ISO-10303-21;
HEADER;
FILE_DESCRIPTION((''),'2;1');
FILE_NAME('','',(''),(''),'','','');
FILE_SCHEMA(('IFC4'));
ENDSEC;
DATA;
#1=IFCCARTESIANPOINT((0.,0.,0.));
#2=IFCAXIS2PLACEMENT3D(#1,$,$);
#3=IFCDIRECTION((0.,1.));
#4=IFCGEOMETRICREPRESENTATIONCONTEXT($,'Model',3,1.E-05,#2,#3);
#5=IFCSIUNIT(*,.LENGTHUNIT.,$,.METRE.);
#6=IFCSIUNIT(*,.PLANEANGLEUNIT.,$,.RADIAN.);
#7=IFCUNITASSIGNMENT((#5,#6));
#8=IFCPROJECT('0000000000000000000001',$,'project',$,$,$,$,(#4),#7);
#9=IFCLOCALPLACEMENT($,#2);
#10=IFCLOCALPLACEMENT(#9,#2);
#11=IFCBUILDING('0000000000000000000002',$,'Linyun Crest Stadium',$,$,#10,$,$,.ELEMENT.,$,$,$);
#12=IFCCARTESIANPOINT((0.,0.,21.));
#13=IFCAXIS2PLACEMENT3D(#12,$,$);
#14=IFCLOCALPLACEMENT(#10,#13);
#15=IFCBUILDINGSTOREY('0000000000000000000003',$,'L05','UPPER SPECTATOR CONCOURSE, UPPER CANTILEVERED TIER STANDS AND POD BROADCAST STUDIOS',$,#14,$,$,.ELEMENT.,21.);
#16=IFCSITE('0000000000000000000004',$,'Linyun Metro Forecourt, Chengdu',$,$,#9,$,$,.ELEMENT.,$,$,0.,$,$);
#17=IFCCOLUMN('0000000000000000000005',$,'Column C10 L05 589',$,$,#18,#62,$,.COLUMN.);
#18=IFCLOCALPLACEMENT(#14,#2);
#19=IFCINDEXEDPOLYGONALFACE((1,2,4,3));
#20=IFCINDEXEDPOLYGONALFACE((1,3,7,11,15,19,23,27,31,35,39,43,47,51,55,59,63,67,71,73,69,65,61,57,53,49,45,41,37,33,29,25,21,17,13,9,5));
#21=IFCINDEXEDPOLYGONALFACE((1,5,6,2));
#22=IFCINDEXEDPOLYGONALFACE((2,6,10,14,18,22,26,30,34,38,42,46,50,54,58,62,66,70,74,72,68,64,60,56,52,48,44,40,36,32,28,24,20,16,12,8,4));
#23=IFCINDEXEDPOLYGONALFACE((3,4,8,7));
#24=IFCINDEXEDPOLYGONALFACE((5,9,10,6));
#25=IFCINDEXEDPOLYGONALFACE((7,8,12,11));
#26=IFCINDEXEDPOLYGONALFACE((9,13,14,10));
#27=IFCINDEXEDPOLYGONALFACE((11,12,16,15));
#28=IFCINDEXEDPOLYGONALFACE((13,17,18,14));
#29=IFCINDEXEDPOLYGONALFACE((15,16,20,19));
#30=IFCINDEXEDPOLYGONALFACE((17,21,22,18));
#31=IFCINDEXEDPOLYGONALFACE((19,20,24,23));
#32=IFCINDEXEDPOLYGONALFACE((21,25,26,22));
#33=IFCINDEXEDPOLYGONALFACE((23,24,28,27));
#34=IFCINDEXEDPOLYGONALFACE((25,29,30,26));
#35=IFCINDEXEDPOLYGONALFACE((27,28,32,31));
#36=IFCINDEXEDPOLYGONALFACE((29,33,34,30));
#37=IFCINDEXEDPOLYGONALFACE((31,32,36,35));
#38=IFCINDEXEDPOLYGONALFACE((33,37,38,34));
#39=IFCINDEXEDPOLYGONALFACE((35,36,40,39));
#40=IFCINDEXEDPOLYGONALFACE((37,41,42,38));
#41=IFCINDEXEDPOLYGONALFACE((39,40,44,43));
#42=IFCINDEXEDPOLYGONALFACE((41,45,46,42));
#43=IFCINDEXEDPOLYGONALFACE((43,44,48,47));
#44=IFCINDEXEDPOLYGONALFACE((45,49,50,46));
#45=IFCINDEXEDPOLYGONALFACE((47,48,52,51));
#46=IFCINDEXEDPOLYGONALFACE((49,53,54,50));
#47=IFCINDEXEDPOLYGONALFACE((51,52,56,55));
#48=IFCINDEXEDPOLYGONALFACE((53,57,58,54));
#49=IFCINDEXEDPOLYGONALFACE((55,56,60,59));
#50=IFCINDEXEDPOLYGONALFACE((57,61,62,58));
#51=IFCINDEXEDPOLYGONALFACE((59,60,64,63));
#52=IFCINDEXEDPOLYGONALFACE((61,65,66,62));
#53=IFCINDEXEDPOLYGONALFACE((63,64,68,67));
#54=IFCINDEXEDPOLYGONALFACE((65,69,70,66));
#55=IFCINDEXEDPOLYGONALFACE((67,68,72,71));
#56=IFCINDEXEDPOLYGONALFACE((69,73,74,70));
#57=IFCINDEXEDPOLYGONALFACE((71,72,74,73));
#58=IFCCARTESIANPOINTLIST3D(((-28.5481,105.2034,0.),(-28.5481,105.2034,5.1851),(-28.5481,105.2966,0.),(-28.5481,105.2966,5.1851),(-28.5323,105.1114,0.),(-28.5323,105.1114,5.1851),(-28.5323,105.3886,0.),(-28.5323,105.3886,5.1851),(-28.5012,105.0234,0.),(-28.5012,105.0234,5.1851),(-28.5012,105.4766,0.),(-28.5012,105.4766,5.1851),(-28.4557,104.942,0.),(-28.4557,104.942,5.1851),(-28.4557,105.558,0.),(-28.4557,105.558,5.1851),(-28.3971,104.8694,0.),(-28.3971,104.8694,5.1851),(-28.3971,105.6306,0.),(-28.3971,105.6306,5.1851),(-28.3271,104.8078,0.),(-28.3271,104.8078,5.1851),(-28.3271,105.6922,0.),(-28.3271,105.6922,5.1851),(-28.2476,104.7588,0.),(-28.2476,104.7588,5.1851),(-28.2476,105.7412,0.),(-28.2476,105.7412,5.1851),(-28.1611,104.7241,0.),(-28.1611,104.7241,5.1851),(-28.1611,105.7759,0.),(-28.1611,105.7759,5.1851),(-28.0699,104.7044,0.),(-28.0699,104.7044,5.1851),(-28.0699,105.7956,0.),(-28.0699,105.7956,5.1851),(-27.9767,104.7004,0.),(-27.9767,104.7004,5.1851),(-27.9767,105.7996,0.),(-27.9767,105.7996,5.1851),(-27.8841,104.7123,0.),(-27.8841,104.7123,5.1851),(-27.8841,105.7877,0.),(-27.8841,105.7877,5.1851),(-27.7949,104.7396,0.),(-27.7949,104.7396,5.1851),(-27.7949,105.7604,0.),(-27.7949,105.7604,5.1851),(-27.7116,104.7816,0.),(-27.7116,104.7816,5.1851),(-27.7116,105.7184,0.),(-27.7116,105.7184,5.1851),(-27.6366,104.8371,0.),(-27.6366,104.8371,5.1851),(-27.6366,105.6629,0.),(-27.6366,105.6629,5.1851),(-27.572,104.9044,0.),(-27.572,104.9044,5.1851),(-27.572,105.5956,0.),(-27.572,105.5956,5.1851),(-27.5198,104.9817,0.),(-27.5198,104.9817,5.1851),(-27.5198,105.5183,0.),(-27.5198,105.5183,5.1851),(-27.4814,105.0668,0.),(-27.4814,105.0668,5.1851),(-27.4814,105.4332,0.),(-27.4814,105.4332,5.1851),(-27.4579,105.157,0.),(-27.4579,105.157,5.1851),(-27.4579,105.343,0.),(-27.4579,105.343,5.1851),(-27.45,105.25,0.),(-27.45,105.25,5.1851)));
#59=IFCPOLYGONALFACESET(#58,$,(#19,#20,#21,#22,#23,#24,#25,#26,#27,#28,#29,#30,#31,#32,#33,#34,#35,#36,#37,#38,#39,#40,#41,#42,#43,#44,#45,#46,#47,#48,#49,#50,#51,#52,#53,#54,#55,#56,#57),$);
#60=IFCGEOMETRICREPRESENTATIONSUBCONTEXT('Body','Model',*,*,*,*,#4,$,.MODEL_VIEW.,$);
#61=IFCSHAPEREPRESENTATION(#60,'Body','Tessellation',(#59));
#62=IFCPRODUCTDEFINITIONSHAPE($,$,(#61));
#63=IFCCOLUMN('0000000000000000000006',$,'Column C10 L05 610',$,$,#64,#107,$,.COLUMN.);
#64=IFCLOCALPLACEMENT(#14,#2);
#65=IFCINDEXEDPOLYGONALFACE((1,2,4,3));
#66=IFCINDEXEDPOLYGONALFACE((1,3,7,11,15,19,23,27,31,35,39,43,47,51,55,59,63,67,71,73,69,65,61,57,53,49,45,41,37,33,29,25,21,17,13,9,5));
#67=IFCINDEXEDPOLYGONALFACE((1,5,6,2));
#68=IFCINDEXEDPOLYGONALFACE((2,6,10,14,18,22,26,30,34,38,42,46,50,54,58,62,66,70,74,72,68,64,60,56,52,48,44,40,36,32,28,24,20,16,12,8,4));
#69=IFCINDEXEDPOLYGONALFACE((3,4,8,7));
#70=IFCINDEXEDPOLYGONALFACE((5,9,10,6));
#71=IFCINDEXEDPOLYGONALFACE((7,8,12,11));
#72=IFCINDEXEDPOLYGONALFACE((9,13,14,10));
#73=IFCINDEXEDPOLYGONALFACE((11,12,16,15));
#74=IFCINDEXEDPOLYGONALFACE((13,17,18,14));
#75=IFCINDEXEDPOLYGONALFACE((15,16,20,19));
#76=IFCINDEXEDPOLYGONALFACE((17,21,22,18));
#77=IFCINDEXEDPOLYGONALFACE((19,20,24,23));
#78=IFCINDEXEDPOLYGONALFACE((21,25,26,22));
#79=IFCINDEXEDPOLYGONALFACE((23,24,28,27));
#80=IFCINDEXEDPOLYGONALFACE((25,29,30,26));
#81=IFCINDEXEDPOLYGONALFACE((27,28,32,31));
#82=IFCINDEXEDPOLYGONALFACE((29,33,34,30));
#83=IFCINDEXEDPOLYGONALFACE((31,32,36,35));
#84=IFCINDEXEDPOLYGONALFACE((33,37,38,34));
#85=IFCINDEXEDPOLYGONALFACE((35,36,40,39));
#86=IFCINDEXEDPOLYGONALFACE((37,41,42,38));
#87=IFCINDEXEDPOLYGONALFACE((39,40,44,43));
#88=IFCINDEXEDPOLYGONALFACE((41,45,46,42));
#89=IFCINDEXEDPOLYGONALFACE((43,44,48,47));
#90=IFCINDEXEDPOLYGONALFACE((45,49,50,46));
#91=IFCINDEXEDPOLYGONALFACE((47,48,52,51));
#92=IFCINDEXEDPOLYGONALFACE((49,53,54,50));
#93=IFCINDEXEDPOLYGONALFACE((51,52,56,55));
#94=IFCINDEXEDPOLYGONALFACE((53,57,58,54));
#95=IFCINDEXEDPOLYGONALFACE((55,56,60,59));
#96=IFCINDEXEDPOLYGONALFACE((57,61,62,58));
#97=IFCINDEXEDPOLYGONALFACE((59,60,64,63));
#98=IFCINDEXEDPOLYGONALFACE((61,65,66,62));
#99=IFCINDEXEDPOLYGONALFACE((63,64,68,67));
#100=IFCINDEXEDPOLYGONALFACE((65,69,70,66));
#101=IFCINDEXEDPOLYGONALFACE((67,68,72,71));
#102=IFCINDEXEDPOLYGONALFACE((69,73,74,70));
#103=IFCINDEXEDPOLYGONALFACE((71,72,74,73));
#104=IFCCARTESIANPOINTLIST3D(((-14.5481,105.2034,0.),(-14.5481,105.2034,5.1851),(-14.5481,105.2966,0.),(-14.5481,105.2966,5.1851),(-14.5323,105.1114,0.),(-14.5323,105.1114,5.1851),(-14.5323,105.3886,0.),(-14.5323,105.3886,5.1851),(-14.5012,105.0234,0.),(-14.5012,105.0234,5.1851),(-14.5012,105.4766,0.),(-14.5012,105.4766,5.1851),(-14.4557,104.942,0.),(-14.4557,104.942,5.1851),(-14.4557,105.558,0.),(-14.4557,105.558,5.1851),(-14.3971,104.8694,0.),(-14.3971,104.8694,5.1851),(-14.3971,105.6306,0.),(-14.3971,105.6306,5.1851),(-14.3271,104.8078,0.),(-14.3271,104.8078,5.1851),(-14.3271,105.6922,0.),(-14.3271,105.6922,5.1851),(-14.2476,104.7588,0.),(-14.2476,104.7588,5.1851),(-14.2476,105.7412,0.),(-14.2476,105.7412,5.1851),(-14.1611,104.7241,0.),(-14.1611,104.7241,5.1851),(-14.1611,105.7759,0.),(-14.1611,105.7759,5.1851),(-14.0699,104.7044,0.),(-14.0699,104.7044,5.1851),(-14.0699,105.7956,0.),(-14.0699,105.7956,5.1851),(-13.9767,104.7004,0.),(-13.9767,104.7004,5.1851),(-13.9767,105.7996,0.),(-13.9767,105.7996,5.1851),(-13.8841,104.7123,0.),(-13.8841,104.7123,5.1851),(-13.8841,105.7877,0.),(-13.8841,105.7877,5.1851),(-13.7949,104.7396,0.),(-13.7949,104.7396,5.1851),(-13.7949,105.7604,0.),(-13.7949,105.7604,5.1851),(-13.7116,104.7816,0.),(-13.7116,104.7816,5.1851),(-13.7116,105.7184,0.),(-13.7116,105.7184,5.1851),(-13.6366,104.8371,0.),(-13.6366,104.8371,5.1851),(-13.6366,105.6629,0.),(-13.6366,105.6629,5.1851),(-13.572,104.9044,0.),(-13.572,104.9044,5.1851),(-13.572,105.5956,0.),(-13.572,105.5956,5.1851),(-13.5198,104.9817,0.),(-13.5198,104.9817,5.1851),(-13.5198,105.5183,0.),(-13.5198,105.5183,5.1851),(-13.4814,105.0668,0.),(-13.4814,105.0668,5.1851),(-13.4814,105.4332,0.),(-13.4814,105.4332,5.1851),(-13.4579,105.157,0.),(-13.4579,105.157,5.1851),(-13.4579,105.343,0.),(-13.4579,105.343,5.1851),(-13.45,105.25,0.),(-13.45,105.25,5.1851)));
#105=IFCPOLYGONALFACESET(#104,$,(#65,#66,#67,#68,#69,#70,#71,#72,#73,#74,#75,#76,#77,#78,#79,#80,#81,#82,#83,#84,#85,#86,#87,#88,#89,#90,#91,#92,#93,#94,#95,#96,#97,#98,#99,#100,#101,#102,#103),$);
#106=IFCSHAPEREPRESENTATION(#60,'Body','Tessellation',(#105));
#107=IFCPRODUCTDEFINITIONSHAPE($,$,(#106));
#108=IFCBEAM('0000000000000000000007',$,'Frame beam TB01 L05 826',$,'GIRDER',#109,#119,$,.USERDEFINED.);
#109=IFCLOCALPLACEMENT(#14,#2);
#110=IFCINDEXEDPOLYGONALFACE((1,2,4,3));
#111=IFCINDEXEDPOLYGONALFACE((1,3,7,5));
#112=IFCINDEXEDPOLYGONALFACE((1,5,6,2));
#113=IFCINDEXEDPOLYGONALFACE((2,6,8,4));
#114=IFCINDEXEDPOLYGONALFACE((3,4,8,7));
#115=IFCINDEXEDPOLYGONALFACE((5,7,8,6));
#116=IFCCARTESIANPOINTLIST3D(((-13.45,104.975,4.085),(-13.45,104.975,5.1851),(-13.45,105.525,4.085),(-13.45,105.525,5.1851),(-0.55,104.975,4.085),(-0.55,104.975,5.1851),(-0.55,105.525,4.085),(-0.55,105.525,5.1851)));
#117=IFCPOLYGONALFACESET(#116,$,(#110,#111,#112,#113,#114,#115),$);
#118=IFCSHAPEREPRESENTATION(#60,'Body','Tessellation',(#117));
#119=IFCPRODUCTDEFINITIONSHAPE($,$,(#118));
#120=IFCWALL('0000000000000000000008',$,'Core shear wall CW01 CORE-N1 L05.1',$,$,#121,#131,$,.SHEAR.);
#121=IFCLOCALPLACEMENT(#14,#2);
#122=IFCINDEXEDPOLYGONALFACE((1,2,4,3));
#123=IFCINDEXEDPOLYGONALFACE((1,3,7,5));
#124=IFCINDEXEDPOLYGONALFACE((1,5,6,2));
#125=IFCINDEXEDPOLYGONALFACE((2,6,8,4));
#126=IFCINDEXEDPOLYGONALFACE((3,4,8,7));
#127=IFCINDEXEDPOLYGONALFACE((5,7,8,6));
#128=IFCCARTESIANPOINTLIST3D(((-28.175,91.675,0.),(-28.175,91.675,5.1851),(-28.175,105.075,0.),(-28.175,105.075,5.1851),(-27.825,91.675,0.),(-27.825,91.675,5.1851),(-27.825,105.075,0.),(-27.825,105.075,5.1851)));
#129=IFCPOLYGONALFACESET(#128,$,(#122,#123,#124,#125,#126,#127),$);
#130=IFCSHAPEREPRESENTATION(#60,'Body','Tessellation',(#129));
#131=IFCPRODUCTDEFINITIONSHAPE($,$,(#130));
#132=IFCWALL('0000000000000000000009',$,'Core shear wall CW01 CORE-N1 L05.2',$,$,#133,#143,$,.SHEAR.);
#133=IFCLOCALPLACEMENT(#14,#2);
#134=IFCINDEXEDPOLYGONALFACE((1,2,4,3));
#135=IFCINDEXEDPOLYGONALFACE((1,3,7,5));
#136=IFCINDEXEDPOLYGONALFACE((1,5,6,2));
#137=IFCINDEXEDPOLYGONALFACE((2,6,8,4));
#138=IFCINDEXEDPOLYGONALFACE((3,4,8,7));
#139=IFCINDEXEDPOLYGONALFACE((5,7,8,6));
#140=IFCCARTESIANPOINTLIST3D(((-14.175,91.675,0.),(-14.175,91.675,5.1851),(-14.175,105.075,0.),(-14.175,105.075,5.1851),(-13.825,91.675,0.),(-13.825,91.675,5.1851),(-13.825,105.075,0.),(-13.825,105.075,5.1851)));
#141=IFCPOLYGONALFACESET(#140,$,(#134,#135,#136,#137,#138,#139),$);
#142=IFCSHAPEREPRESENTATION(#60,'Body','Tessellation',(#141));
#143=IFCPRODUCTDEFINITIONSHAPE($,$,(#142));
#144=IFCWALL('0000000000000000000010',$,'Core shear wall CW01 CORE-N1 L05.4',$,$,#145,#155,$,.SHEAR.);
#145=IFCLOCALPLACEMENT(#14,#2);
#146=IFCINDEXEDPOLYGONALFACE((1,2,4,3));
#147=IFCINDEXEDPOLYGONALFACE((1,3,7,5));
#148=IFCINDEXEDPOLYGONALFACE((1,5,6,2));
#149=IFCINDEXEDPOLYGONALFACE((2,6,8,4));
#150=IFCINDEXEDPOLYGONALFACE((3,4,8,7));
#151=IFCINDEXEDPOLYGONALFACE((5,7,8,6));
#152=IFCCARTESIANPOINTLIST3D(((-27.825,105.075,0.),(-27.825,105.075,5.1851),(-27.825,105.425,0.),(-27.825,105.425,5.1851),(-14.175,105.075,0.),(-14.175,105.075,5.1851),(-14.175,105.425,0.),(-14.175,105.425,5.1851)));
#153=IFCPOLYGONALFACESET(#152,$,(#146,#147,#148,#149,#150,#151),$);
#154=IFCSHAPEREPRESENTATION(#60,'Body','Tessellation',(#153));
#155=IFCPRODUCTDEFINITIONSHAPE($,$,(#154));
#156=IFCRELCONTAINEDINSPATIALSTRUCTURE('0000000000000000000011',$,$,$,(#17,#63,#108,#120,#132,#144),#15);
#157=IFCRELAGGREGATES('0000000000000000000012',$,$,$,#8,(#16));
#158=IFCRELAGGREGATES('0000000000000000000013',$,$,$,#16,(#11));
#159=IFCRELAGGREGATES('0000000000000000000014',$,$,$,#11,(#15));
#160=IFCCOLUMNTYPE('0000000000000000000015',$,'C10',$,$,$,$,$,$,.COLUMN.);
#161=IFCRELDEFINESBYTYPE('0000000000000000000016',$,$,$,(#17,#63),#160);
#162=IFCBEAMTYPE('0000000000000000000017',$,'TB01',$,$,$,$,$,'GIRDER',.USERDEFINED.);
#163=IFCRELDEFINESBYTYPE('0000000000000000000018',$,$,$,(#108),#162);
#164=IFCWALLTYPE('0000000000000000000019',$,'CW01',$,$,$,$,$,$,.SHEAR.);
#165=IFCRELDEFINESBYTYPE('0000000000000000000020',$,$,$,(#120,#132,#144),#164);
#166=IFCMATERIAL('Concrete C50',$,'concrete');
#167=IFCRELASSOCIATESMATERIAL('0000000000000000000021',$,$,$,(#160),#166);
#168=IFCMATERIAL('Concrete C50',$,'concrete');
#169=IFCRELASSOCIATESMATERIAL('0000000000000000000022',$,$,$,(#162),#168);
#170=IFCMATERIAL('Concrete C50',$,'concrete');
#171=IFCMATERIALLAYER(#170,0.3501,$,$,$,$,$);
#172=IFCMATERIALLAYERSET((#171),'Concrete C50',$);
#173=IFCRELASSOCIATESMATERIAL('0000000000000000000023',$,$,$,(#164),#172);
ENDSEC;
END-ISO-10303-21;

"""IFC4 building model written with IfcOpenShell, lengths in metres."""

from ifc_helpers import new_model, si_unit, direction, frame, frame_2d, origin, origin_2d, place, context, subcontext, project, spatial, rectangle, circle, extrude, material, layer, layer_set, material_profile, profile_set, type_object, element, save


model = new_model("IFC4")

# Units and contexts
model_context = context("Model", 3, precision=1e-05, world=origin(), true_north=direction((0.0, 1.0)))
body_context = subcontext(model_context, "Body", "Model", "MODEL_VIEW")
ifc_project = project(units=[si_unit("LENGTHUNIT", "METRE"), si_unit("PLANEANGLEUNIT", "RADIAN")], contexts=[model_context])

# Site, building, storey
site_placement = place(None, origin())
site = spatial("IfcSite", under=ifc_project, at=site_placement, Name="Linyun Metro Forecourt, Chengdu", CompositionType="ELEMENT", RefElevation=0.0)
building_placement = place(site_placement, origin())
building = spatial("IfcBuilding", under=site, at=building_placement, Name="Linyun Crest Stadium", CompositionType="ELEMENT")
storey_placement = place(building_placement, frame((0.0, 0.0, 21.0)))
storey = spatial("IfcBuildingStorey", under=building, at=storey_placement, Name="L05", Description="UPPER SPECTATOR CONCOURSE, UPPER CANTILEVERED TIER STANDS AND POD BROADCAST STUDIOS", CompositionType="ELEMENT", Elevation=21.0)

# Columns
ifc_material_1 = material(Name="Concrete C50", Category="concrete")
ifc_material_profile_1 = material_profile(ifc_material_1, circle(Radius=0.55, at=origin_2d()), Name="RC D1100")
ifc_profile_set_1 = profile_set([ifc_material_profile_1], Name="Concrete C50")
column_type = type_object("IfcColumnType", Name="C10", PredefinedType="COLUMN", material=ifc_profile_set_1)
for number, where, z_axis, x_axis, name in (
    (1, (-28.0, 105.25, 0.0), (0.0, 0.0, 1.0), (1.0, 0.0, 0.0), "Column C10 L05 589"),
    (2, (-14.0, 105.25, 0.0), (0.0, 0.0, 1.0), (1.0, 0.0, 0.0), "Column C10 L05 610"),
):
    element("IfcColumn", number, at=place(storey_placement, frame(where, z_axis=z_axis, x_axis=x_axis)), inside=storey, type_object=column_type, Name=name, PredefinedType="COLUMN", context=body_context, shape_type="SweptSolid", body=[
        extrude(circle(Radius=0.55, at=origin_2d()), origin(), (0.0, 0.0, 1.0), 5.1851),
    ])

# Beam
ifc_material_2 = material(Name="Concrete C50", Category="concrete")
ifc_material_profile_2 = material_profile(ifc_material_2, rectangle(XDim=0.55, YDim=1.1001, at=origin_2d()), Name="RCB 1100x550")
ifc_profile_set_2 = profile_set([ifc_material_profile_2], Name="Concrete C50")
beam_type = type_object("IfcBeamType", Name="TB01", ElementType="GIRDER", PredefinedType="USERDEFINED", material=ifc_profile_set_2)
beam_placement = place(storey_placement, frame((-13.45, 105.25, 4.635), z_axis=(1.0, 0.0, 0.0), x_axis=(0.0, 1.0, 0.0)))
element("IfcBeam", 3, at=beam_placement, inside=storey, type_object=beam_type, Name="Frame beam TB01 L05 826", ObjectType="GIRDER", PredefinedType="USERDEFINED", context=body_context, shape_type="SweptSolid", body=[
    extrude(rectangle(XDim=0.55, YDim=1.1001, at=origin_2d()), origin(), (0.0, 0.0, 1.0), 12.8999),
])

# Walls
ifc_material_3 = material(Name="Concrete C50", Category="concrete")
ifc_layer_1 = layer(ifc_material_3, 0.3501)
ifc_layer_set_1 = layer_set([ifc_layer_1], Name="Concrete C50")
wall_type_1 = type_object("IfcWallType", Name="CW01", PredefinedType="SHEAR", material=ifc_layer_set_1)
for number, where, z_axis, x_axis, name in (
    (4, (-28.0, 91.675, 0.0), (0.0, 0.0, 1.0), (0.0, 1.0, 0.0), "Core shear wall CW01 CORE-N1 L05.1"),
    (5, (-14.0, 91.675, 0.0), (0.0, 0.0, 1.0), (0.0, 1.0, 0.0), "Core shear wall CW01 CORE-N1 L05.2"),
):
    element("IfcWall", number, at=place(storey_placement, frame(where, z_axis=z_axis, x_axis=x_axis)), inside=storey, type_object=wall_type_1, Name=name, PredefinedType="SHEAR", context=body_context, shape_type="SweptSolid", body=[
        extrude(rectangle(XDim=13.3999, YDim=0.3501, at=frame_2d((6.7, 0.0))), origin(), (0.0, 0.0, 1.0), 5.1851),
    ])
wall_1_placement = place(storey_placement, frame((-27.825, 105.25, 0.0), z_axis=(0.0, 0.0, 1.0), x_axis=(1.0, 0.0, 0.0)))
element("IfcWall", 6, at=wall_1_placement, inside=storey, type_object=wall_type_1, Name="Core shear wall CW01 CORE-N1 L05.4", PredefinedType="SHEAR", context=body_context, shape_type="SweptSolid", body=[
    extrude(rectangle(XDim=13.6499, YDim=0.3501, at=frame_2d((6.825, 0.0))), origin(), (0.0, 0.0, 1.0), 5.1851),
])

save(model, "model.ifc")
